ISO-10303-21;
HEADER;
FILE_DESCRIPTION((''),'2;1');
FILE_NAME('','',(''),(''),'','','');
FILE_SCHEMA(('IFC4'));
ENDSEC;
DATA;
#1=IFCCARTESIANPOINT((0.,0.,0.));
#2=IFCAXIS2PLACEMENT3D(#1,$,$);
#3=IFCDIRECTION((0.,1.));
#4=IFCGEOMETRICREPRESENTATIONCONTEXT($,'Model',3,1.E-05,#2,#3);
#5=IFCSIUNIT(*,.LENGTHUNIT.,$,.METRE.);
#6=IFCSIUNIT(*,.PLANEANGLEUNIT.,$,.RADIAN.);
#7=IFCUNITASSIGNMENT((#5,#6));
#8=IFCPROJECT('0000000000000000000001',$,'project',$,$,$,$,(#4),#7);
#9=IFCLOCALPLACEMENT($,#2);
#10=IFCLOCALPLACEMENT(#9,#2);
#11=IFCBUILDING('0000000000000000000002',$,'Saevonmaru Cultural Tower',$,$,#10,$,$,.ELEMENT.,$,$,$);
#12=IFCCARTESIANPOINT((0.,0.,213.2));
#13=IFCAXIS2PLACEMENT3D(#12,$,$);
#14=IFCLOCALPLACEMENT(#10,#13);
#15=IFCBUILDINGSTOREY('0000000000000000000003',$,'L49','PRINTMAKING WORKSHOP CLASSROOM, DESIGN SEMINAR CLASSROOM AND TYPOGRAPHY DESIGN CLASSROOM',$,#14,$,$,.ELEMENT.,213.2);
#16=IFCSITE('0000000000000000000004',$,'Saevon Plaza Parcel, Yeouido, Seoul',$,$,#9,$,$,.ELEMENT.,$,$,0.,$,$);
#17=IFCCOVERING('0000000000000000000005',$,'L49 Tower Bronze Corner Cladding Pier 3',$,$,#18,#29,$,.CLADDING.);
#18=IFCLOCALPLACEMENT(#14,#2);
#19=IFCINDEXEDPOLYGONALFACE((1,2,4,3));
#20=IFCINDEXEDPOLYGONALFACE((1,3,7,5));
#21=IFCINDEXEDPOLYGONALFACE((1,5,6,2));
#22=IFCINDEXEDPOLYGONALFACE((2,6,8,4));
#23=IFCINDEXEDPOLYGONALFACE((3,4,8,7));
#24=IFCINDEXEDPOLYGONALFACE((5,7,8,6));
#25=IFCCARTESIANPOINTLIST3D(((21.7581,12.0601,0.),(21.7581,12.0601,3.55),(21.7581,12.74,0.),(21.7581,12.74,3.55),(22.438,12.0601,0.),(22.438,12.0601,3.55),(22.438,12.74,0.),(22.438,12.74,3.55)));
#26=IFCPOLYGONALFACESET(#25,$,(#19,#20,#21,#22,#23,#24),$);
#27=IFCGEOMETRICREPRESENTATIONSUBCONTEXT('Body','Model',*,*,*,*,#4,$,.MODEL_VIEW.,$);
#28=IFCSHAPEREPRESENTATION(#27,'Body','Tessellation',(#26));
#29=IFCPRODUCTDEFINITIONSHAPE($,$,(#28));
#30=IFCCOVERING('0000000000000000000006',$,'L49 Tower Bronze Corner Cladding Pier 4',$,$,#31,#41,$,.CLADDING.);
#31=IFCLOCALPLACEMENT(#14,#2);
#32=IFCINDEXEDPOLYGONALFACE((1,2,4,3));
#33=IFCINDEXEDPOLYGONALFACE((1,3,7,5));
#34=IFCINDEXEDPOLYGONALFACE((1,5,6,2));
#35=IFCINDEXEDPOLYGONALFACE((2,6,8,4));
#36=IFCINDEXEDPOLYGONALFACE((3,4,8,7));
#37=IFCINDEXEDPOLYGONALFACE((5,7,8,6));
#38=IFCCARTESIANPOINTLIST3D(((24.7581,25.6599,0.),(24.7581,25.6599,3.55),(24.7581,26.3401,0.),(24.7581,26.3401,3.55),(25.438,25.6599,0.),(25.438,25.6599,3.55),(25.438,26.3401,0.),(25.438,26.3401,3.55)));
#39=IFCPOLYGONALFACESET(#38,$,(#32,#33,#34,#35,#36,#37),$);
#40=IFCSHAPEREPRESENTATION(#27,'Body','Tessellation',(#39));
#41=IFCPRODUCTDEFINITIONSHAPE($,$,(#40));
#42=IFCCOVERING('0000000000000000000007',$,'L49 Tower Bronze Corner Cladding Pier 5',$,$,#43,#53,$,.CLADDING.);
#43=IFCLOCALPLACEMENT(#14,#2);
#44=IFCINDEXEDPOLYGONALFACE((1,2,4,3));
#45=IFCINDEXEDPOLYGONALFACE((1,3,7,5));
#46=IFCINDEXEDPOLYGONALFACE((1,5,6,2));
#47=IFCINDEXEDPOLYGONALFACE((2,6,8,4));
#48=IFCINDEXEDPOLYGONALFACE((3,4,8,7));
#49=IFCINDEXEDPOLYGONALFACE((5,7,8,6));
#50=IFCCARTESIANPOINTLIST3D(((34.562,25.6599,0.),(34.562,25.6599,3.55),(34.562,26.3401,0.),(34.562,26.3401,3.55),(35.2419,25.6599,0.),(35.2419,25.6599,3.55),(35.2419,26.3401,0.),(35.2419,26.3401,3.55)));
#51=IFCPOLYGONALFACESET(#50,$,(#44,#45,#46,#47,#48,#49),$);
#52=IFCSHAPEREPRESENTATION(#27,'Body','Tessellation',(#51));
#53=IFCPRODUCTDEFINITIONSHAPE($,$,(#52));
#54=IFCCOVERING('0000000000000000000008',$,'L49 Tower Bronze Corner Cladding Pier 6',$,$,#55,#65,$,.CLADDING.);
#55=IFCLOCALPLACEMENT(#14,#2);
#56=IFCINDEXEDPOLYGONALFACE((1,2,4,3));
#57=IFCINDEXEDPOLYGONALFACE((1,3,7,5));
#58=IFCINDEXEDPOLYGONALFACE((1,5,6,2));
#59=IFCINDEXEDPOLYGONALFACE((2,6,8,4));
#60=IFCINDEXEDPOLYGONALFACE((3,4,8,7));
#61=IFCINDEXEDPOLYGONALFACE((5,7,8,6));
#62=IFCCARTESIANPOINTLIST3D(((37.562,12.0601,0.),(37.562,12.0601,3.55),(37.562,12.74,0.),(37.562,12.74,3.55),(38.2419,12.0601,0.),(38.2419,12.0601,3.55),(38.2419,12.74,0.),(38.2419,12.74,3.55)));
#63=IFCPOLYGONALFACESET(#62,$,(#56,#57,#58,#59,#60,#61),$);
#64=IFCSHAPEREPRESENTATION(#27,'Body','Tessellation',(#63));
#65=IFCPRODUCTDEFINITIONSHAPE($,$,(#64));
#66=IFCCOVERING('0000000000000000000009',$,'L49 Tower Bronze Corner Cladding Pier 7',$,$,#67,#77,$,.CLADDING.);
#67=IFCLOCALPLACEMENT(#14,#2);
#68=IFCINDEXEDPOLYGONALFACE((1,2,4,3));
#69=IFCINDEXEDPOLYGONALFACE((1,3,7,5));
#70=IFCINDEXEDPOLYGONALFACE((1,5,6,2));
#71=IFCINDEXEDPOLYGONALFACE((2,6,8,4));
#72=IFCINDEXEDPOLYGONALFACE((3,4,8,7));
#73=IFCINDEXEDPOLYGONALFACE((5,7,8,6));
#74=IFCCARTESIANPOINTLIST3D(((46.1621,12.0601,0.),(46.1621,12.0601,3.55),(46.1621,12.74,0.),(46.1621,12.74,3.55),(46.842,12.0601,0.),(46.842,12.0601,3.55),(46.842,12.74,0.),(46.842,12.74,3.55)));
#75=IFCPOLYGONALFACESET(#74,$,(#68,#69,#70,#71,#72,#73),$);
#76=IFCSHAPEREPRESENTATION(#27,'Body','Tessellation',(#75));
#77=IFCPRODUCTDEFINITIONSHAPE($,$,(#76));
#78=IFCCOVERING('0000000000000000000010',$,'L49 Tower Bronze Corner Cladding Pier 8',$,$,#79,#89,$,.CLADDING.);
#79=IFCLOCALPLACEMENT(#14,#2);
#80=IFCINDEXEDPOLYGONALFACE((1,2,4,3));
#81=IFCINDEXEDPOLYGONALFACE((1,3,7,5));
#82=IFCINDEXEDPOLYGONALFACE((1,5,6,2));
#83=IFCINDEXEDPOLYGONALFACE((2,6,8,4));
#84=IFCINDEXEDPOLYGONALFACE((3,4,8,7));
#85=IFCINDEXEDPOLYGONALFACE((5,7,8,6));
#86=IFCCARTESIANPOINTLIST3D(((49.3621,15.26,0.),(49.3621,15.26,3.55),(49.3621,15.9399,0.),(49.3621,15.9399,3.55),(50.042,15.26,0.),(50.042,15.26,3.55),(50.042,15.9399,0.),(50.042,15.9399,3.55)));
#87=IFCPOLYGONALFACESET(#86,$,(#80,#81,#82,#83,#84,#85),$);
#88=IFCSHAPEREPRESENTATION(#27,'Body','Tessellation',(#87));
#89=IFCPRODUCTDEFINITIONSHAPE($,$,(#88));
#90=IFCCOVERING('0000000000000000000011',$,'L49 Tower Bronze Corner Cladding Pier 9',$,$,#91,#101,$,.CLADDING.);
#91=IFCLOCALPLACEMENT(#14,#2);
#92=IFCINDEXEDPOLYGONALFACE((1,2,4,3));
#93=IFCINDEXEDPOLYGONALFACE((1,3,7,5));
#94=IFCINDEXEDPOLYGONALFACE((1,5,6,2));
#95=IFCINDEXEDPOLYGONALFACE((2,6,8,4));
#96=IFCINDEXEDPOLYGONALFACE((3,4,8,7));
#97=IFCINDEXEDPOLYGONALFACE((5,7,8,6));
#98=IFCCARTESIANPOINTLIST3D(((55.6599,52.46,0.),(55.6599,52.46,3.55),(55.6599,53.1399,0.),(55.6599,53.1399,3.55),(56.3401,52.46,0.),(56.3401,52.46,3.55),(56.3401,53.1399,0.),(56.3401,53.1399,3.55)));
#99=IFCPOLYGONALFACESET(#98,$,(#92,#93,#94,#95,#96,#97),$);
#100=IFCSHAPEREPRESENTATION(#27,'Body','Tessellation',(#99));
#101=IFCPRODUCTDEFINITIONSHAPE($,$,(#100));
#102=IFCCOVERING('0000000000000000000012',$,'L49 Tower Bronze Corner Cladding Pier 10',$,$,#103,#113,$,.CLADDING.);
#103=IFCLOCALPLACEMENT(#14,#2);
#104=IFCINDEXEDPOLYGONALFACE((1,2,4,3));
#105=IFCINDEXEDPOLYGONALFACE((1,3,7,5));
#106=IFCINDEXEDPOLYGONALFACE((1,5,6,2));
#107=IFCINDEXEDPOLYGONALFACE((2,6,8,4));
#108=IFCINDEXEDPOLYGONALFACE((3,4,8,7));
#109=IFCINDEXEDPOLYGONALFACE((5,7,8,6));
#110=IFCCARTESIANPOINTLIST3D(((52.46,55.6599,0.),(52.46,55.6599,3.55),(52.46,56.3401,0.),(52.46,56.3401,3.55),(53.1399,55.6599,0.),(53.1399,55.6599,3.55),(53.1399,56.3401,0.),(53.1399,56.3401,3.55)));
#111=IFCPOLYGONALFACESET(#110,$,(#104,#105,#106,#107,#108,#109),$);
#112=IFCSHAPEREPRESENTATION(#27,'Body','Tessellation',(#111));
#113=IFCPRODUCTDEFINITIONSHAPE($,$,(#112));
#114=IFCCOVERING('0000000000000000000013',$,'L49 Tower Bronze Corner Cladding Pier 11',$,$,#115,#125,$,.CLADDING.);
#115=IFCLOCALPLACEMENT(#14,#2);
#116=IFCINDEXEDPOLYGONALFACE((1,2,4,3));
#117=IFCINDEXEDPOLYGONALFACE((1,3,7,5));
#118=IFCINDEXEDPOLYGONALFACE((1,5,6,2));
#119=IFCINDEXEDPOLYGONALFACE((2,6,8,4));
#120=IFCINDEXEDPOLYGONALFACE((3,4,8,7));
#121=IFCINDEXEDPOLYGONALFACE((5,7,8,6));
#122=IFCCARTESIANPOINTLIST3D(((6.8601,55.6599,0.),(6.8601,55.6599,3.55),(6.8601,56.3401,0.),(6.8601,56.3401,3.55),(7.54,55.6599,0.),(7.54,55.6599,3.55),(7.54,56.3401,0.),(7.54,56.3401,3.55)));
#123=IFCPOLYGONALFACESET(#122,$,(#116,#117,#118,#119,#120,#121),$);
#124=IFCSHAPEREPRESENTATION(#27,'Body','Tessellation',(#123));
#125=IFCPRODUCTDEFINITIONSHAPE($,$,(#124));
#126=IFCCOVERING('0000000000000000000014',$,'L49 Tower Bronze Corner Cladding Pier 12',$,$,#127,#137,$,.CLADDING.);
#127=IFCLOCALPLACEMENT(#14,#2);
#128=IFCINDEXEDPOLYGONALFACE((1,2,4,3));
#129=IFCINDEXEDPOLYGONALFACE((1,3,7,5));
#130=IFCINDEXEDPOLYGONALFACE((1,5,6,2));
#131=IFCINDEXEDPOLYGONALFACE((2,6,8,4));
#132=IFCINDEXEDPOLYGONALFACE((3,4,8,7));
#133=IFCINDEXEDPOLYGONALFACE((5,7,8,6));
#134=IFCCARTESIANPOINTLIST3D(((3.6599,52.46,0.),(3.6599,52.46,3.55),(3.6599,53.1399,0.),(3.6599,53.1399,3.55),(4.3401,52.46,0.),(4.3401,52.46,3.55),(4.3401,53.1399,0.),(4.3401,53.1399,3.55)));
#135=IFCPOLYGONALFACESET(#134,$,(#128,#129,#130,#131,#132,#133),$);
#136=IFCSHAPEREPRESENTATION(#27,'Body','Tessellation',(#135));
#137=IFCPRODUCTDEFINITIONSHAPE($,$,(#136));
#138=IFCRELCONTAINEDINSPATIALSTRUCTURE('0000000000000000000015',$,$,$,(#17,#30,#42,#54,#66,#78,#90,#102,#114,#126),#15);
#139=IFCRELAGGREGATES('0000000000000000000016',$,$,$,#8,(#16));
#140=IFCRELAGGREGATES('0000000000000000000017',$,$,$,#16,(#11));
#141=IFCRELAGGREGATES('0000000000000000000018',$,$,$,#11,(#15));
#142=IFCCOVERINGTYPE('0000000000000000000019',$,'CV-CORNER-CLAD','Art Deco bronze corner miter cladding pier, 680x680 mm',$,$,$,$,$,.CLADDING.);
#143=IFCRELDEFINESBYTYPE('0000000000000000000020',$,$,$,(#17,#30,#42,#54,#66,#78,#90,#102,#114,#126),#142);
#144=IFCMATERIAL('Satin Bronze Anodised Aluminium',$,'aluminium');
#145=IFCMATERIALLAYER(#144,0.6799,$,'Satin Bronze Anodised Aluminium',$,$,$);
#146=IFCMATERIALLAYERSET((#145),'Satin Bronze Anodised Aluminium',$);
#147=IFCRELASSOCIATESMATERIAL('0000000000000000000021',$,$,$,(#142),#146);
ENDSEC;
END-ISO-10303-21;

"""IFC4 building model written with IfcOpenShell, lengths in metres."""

from ifc_helpers import new_model, si_unit, direction, frame, origin, place, context, subcontext, project, spatial, polyline, outline, extrude, material, layer, layer_set, type_object, element, save


model = new_model("IFC4")

# Units and contexts
model_context = context("Model", 3, precision=1e-05, world=origin(), true_north=direction((0.0, 1.0)))
body_context = subcontext(model_context, "Body", "Model", "MODEL_VIEW")
ifc_project = project(units=[si_unit("LENGTHUNIT", "METRE"), si_unit("PLANEANGLEUNIT", "RADIAN")], contexts=[model_context])

# Site, building, storey
site_placement = place(None, origin())
site = spatial("IfcSite", under=ifc_project, at=site_placement, Name="Saevon Plaza Parcel, Yeouido, Seoul", CompositionType="ELEMENT", RefElevation=0.0)
building_placement = place(site_placement, origin())
building = spatial("IfcBuilding", under=site, at=building_placement, Name="Saevonmaru Cultural Tower", CompositionType="ELEMENT")
storey_placement = place(building_placement, frame((0.0, 0.0, 213.2)))
storey = spatial("IfcBuildingStorey", under=building, at=storey_placement, Name="L49", Description="PRINTMAKING WORKSHOP CLASSROOM, DESIGN SEMINAR CLASSROOM AND TYPOGRAPHY DESIGN CLASSROOM", CompositionType="ELEMENT", Elevation=213.2)

# Shared definitions
ifc_material_1 = material(Name="Satin Bronze Anodised Aluminium", Category="aluminium")

# Coverings
ifc_layer_1 = layer(ifc_material_1, 0.6799, Name="Satin Bronze Anodised Aluminium")
ifc_layer_set_1 = layer_set([ifc_layer_1], Name="Satin Bronze Anodised Aluminium")
covering_type = type_object("IfcCoveringType", Name="CV-CORNER-CLAD", Description="Art Deco bronze corner miter cladding pier, 680x680 mm", PredefinedType="CLADDING", material=ifc_layer_set_1)
covering_1_placement = place(storey_placement, origin())
element("IfcCovering", 1, at=covering_1_placement, inside=storey, type_object=covering_type, Name="L49 Tower Bronze Corner Cladding Pier 3", PredefinedType="CLADDING", context=body_context, shape_type="SweptSolid", body=[
    extrude(outline(polyline([(21.7581, 12.0601), (22.438, 12.0601), (22.438, 12.74), (21.7581, 12.74), (21.7581, 12.0601)])), origin(), (0.0, 0.0, 1.0), 3.55),
])
covering_2_placement = place(storey_placement, origin())
element("IfcCovering", 2, at=covering_2_placement, inside=storey, type_object=covering_type, Name="L49 Tower Bronze Corner Cladding Pier 4", PredefinedType="CLADDING", context=body_context, shape_type="SweptSolid", body=[
    extrude(outline(polyline([(24.7581, 25.6599), (25.438, 25.6599), (25.438, 26.3401), (24.7581, 26.3401), (24.7581, 25.6599)])), origin(), (0.0, 0.0, 1.0), 3.55),
])
covering_3_placement = place(storey_placement, origin())
element("IfcCovering", 3, at=covering_3_placement, inside=storey, type_object=covering_type, Name="L49 Tower Bronze Corner Cladding Pier 5", PredefinedType="CLADDING", context=body_context, shape_type="SweptSolid", body=[
    extrude(outline(polyline([(34.562, 25.6599), (35.2419, 25.6599), (35.2419, 26.3401), (34.562, 26.3401), (34.562, 25.6599)])), origin(), (0.0, 0.0, 1.0), 3.55),
])
covering_4_placement = place(storey_placement, origin())
element("IfcCovering", 4, at=covering_4_placement, inside=storey, type_object=covering_type, Name="L49 Tower Bronze Corner Cladding Pier 6", PredefinedType="CLADDING", context=body_context, shape_type="SweptSolid", body=[
    extrude(outline(polyline([(37.562, 12.0601), (38.2419, 12.0601), (38.2419, 12.74), (37.562, 12.74), (37.562, 12.0601)])), origin(), (0.0, 0.0, 1.0), 3.55),
])
covering_5_placement = place(storey_placement, origin())
element("IfcCovering", 5, at=covering_5_placement, inside=storey, type_object=covering_type, Name="L49 Tower Bronze Corner Cladding Pier 7", PredefinedType="CLADDING", context=body_context, shape_type="SweptSolid", body=[
    extrude(outline(polyline([(46.1621, 12.0601), (46.842, 12.0601), (46.842, 12.74), (46.1621, 12.74), (46.1621, 12.0601)])), origin(), (0.0, 0.0, 1.0), 3.55),
])
covering_6_placement = place(storey_placement, origin())
element("IfcCovering", 6, at=covering_6_placement, inside=storey, type_object=covering_type, Name="L49 Tower Bronze Corner Cladding Pier 8", PredefinedType="CLADDING", context=body_context, shape_type="SweptSolid", body=[
    extrude(outline(polyline([(49.3621, 15.26), (50.042, 15.26), (50.042, 15.9399), (49.3621, 15.9399), (49.3621, 15.26)])), origin(), (0.0, 0.0, 1.0), 3.55),
])
covering_7_placement = place(storey_placement, origin())
element("IfcCovering", 7, at=covering_7_placement, inside=storey, type_object=covering_type, Name="L49 Tower Bronze Corner Cladding Pier 9", PredefinedType="CLADDING", context=body_context, shape_type="SweptSolid", body=[
    extrude(outline(polyline([(55.6599, 52.46), (56.3401, 52.46), (56.3401, 53.1399), (55.6599, 53.1399), (55.6599, 52.46)])), origin(), (0.0, 0.0, 1.0), 3.55),
])
covering_8_placement = place(storey_placement, origin())
element("IfcCovering", 8, at=covering_8_placement, inside=storey, type_object=covering_type, Name="L49 Tower Bronze Corner Cladding Pier 10", PredefinedType="CLADDING", context=body_context, shape_type="SweptSolid", body=[
    extrude(outline(polyline([(52.46, 55.6599), (53.1399, 55.6599), (53.1399, 56.3401), (52.46, 56.3401), (52.46, 55.6599)])), origin(), (0.0, 0.0, 1.0), 3.55),
])
covering_9_placement = place(storey_placement, origin())
element("IfcCovering", 9, at=covering_9_placement, inside=storey, type_object=covering_type, Name="L49 Tower Bronze Corner Cladding Pier 11", PredefinedType="CLADDING", context=body_context, shape_type="SweptSolid", body=[
    extrude(outline(polyline([(6.8601, 55.6599), (7.54, 55.6599), (7.54, 56.3401), (6.8601, 56.3401), (6.8601, 55.6599)])), origin(), (0.0, 0.0, 1.0), 3.55),
])
covering_10_placement = place(storey_placement, origin())
element("IfcCovering", 10, at=covering_10_placement, inside=storey, type_object=covering_type, Name="L49 Tower Bronze Corner Cladding Pier 12", PredefinedType="CLADDING", context=body_context, shape_type="SweptSolid", body=[
    extrude(outline(polyline([(3.6599, 52.46), (4.3401, 52.46), (4.3401, 53.1399), (3.6599, 53.1399), (3.6599, 52.46)])), origin(), (0.0, 0.0, 1.0), 3.55),
])

save(model, "model.ifc")
